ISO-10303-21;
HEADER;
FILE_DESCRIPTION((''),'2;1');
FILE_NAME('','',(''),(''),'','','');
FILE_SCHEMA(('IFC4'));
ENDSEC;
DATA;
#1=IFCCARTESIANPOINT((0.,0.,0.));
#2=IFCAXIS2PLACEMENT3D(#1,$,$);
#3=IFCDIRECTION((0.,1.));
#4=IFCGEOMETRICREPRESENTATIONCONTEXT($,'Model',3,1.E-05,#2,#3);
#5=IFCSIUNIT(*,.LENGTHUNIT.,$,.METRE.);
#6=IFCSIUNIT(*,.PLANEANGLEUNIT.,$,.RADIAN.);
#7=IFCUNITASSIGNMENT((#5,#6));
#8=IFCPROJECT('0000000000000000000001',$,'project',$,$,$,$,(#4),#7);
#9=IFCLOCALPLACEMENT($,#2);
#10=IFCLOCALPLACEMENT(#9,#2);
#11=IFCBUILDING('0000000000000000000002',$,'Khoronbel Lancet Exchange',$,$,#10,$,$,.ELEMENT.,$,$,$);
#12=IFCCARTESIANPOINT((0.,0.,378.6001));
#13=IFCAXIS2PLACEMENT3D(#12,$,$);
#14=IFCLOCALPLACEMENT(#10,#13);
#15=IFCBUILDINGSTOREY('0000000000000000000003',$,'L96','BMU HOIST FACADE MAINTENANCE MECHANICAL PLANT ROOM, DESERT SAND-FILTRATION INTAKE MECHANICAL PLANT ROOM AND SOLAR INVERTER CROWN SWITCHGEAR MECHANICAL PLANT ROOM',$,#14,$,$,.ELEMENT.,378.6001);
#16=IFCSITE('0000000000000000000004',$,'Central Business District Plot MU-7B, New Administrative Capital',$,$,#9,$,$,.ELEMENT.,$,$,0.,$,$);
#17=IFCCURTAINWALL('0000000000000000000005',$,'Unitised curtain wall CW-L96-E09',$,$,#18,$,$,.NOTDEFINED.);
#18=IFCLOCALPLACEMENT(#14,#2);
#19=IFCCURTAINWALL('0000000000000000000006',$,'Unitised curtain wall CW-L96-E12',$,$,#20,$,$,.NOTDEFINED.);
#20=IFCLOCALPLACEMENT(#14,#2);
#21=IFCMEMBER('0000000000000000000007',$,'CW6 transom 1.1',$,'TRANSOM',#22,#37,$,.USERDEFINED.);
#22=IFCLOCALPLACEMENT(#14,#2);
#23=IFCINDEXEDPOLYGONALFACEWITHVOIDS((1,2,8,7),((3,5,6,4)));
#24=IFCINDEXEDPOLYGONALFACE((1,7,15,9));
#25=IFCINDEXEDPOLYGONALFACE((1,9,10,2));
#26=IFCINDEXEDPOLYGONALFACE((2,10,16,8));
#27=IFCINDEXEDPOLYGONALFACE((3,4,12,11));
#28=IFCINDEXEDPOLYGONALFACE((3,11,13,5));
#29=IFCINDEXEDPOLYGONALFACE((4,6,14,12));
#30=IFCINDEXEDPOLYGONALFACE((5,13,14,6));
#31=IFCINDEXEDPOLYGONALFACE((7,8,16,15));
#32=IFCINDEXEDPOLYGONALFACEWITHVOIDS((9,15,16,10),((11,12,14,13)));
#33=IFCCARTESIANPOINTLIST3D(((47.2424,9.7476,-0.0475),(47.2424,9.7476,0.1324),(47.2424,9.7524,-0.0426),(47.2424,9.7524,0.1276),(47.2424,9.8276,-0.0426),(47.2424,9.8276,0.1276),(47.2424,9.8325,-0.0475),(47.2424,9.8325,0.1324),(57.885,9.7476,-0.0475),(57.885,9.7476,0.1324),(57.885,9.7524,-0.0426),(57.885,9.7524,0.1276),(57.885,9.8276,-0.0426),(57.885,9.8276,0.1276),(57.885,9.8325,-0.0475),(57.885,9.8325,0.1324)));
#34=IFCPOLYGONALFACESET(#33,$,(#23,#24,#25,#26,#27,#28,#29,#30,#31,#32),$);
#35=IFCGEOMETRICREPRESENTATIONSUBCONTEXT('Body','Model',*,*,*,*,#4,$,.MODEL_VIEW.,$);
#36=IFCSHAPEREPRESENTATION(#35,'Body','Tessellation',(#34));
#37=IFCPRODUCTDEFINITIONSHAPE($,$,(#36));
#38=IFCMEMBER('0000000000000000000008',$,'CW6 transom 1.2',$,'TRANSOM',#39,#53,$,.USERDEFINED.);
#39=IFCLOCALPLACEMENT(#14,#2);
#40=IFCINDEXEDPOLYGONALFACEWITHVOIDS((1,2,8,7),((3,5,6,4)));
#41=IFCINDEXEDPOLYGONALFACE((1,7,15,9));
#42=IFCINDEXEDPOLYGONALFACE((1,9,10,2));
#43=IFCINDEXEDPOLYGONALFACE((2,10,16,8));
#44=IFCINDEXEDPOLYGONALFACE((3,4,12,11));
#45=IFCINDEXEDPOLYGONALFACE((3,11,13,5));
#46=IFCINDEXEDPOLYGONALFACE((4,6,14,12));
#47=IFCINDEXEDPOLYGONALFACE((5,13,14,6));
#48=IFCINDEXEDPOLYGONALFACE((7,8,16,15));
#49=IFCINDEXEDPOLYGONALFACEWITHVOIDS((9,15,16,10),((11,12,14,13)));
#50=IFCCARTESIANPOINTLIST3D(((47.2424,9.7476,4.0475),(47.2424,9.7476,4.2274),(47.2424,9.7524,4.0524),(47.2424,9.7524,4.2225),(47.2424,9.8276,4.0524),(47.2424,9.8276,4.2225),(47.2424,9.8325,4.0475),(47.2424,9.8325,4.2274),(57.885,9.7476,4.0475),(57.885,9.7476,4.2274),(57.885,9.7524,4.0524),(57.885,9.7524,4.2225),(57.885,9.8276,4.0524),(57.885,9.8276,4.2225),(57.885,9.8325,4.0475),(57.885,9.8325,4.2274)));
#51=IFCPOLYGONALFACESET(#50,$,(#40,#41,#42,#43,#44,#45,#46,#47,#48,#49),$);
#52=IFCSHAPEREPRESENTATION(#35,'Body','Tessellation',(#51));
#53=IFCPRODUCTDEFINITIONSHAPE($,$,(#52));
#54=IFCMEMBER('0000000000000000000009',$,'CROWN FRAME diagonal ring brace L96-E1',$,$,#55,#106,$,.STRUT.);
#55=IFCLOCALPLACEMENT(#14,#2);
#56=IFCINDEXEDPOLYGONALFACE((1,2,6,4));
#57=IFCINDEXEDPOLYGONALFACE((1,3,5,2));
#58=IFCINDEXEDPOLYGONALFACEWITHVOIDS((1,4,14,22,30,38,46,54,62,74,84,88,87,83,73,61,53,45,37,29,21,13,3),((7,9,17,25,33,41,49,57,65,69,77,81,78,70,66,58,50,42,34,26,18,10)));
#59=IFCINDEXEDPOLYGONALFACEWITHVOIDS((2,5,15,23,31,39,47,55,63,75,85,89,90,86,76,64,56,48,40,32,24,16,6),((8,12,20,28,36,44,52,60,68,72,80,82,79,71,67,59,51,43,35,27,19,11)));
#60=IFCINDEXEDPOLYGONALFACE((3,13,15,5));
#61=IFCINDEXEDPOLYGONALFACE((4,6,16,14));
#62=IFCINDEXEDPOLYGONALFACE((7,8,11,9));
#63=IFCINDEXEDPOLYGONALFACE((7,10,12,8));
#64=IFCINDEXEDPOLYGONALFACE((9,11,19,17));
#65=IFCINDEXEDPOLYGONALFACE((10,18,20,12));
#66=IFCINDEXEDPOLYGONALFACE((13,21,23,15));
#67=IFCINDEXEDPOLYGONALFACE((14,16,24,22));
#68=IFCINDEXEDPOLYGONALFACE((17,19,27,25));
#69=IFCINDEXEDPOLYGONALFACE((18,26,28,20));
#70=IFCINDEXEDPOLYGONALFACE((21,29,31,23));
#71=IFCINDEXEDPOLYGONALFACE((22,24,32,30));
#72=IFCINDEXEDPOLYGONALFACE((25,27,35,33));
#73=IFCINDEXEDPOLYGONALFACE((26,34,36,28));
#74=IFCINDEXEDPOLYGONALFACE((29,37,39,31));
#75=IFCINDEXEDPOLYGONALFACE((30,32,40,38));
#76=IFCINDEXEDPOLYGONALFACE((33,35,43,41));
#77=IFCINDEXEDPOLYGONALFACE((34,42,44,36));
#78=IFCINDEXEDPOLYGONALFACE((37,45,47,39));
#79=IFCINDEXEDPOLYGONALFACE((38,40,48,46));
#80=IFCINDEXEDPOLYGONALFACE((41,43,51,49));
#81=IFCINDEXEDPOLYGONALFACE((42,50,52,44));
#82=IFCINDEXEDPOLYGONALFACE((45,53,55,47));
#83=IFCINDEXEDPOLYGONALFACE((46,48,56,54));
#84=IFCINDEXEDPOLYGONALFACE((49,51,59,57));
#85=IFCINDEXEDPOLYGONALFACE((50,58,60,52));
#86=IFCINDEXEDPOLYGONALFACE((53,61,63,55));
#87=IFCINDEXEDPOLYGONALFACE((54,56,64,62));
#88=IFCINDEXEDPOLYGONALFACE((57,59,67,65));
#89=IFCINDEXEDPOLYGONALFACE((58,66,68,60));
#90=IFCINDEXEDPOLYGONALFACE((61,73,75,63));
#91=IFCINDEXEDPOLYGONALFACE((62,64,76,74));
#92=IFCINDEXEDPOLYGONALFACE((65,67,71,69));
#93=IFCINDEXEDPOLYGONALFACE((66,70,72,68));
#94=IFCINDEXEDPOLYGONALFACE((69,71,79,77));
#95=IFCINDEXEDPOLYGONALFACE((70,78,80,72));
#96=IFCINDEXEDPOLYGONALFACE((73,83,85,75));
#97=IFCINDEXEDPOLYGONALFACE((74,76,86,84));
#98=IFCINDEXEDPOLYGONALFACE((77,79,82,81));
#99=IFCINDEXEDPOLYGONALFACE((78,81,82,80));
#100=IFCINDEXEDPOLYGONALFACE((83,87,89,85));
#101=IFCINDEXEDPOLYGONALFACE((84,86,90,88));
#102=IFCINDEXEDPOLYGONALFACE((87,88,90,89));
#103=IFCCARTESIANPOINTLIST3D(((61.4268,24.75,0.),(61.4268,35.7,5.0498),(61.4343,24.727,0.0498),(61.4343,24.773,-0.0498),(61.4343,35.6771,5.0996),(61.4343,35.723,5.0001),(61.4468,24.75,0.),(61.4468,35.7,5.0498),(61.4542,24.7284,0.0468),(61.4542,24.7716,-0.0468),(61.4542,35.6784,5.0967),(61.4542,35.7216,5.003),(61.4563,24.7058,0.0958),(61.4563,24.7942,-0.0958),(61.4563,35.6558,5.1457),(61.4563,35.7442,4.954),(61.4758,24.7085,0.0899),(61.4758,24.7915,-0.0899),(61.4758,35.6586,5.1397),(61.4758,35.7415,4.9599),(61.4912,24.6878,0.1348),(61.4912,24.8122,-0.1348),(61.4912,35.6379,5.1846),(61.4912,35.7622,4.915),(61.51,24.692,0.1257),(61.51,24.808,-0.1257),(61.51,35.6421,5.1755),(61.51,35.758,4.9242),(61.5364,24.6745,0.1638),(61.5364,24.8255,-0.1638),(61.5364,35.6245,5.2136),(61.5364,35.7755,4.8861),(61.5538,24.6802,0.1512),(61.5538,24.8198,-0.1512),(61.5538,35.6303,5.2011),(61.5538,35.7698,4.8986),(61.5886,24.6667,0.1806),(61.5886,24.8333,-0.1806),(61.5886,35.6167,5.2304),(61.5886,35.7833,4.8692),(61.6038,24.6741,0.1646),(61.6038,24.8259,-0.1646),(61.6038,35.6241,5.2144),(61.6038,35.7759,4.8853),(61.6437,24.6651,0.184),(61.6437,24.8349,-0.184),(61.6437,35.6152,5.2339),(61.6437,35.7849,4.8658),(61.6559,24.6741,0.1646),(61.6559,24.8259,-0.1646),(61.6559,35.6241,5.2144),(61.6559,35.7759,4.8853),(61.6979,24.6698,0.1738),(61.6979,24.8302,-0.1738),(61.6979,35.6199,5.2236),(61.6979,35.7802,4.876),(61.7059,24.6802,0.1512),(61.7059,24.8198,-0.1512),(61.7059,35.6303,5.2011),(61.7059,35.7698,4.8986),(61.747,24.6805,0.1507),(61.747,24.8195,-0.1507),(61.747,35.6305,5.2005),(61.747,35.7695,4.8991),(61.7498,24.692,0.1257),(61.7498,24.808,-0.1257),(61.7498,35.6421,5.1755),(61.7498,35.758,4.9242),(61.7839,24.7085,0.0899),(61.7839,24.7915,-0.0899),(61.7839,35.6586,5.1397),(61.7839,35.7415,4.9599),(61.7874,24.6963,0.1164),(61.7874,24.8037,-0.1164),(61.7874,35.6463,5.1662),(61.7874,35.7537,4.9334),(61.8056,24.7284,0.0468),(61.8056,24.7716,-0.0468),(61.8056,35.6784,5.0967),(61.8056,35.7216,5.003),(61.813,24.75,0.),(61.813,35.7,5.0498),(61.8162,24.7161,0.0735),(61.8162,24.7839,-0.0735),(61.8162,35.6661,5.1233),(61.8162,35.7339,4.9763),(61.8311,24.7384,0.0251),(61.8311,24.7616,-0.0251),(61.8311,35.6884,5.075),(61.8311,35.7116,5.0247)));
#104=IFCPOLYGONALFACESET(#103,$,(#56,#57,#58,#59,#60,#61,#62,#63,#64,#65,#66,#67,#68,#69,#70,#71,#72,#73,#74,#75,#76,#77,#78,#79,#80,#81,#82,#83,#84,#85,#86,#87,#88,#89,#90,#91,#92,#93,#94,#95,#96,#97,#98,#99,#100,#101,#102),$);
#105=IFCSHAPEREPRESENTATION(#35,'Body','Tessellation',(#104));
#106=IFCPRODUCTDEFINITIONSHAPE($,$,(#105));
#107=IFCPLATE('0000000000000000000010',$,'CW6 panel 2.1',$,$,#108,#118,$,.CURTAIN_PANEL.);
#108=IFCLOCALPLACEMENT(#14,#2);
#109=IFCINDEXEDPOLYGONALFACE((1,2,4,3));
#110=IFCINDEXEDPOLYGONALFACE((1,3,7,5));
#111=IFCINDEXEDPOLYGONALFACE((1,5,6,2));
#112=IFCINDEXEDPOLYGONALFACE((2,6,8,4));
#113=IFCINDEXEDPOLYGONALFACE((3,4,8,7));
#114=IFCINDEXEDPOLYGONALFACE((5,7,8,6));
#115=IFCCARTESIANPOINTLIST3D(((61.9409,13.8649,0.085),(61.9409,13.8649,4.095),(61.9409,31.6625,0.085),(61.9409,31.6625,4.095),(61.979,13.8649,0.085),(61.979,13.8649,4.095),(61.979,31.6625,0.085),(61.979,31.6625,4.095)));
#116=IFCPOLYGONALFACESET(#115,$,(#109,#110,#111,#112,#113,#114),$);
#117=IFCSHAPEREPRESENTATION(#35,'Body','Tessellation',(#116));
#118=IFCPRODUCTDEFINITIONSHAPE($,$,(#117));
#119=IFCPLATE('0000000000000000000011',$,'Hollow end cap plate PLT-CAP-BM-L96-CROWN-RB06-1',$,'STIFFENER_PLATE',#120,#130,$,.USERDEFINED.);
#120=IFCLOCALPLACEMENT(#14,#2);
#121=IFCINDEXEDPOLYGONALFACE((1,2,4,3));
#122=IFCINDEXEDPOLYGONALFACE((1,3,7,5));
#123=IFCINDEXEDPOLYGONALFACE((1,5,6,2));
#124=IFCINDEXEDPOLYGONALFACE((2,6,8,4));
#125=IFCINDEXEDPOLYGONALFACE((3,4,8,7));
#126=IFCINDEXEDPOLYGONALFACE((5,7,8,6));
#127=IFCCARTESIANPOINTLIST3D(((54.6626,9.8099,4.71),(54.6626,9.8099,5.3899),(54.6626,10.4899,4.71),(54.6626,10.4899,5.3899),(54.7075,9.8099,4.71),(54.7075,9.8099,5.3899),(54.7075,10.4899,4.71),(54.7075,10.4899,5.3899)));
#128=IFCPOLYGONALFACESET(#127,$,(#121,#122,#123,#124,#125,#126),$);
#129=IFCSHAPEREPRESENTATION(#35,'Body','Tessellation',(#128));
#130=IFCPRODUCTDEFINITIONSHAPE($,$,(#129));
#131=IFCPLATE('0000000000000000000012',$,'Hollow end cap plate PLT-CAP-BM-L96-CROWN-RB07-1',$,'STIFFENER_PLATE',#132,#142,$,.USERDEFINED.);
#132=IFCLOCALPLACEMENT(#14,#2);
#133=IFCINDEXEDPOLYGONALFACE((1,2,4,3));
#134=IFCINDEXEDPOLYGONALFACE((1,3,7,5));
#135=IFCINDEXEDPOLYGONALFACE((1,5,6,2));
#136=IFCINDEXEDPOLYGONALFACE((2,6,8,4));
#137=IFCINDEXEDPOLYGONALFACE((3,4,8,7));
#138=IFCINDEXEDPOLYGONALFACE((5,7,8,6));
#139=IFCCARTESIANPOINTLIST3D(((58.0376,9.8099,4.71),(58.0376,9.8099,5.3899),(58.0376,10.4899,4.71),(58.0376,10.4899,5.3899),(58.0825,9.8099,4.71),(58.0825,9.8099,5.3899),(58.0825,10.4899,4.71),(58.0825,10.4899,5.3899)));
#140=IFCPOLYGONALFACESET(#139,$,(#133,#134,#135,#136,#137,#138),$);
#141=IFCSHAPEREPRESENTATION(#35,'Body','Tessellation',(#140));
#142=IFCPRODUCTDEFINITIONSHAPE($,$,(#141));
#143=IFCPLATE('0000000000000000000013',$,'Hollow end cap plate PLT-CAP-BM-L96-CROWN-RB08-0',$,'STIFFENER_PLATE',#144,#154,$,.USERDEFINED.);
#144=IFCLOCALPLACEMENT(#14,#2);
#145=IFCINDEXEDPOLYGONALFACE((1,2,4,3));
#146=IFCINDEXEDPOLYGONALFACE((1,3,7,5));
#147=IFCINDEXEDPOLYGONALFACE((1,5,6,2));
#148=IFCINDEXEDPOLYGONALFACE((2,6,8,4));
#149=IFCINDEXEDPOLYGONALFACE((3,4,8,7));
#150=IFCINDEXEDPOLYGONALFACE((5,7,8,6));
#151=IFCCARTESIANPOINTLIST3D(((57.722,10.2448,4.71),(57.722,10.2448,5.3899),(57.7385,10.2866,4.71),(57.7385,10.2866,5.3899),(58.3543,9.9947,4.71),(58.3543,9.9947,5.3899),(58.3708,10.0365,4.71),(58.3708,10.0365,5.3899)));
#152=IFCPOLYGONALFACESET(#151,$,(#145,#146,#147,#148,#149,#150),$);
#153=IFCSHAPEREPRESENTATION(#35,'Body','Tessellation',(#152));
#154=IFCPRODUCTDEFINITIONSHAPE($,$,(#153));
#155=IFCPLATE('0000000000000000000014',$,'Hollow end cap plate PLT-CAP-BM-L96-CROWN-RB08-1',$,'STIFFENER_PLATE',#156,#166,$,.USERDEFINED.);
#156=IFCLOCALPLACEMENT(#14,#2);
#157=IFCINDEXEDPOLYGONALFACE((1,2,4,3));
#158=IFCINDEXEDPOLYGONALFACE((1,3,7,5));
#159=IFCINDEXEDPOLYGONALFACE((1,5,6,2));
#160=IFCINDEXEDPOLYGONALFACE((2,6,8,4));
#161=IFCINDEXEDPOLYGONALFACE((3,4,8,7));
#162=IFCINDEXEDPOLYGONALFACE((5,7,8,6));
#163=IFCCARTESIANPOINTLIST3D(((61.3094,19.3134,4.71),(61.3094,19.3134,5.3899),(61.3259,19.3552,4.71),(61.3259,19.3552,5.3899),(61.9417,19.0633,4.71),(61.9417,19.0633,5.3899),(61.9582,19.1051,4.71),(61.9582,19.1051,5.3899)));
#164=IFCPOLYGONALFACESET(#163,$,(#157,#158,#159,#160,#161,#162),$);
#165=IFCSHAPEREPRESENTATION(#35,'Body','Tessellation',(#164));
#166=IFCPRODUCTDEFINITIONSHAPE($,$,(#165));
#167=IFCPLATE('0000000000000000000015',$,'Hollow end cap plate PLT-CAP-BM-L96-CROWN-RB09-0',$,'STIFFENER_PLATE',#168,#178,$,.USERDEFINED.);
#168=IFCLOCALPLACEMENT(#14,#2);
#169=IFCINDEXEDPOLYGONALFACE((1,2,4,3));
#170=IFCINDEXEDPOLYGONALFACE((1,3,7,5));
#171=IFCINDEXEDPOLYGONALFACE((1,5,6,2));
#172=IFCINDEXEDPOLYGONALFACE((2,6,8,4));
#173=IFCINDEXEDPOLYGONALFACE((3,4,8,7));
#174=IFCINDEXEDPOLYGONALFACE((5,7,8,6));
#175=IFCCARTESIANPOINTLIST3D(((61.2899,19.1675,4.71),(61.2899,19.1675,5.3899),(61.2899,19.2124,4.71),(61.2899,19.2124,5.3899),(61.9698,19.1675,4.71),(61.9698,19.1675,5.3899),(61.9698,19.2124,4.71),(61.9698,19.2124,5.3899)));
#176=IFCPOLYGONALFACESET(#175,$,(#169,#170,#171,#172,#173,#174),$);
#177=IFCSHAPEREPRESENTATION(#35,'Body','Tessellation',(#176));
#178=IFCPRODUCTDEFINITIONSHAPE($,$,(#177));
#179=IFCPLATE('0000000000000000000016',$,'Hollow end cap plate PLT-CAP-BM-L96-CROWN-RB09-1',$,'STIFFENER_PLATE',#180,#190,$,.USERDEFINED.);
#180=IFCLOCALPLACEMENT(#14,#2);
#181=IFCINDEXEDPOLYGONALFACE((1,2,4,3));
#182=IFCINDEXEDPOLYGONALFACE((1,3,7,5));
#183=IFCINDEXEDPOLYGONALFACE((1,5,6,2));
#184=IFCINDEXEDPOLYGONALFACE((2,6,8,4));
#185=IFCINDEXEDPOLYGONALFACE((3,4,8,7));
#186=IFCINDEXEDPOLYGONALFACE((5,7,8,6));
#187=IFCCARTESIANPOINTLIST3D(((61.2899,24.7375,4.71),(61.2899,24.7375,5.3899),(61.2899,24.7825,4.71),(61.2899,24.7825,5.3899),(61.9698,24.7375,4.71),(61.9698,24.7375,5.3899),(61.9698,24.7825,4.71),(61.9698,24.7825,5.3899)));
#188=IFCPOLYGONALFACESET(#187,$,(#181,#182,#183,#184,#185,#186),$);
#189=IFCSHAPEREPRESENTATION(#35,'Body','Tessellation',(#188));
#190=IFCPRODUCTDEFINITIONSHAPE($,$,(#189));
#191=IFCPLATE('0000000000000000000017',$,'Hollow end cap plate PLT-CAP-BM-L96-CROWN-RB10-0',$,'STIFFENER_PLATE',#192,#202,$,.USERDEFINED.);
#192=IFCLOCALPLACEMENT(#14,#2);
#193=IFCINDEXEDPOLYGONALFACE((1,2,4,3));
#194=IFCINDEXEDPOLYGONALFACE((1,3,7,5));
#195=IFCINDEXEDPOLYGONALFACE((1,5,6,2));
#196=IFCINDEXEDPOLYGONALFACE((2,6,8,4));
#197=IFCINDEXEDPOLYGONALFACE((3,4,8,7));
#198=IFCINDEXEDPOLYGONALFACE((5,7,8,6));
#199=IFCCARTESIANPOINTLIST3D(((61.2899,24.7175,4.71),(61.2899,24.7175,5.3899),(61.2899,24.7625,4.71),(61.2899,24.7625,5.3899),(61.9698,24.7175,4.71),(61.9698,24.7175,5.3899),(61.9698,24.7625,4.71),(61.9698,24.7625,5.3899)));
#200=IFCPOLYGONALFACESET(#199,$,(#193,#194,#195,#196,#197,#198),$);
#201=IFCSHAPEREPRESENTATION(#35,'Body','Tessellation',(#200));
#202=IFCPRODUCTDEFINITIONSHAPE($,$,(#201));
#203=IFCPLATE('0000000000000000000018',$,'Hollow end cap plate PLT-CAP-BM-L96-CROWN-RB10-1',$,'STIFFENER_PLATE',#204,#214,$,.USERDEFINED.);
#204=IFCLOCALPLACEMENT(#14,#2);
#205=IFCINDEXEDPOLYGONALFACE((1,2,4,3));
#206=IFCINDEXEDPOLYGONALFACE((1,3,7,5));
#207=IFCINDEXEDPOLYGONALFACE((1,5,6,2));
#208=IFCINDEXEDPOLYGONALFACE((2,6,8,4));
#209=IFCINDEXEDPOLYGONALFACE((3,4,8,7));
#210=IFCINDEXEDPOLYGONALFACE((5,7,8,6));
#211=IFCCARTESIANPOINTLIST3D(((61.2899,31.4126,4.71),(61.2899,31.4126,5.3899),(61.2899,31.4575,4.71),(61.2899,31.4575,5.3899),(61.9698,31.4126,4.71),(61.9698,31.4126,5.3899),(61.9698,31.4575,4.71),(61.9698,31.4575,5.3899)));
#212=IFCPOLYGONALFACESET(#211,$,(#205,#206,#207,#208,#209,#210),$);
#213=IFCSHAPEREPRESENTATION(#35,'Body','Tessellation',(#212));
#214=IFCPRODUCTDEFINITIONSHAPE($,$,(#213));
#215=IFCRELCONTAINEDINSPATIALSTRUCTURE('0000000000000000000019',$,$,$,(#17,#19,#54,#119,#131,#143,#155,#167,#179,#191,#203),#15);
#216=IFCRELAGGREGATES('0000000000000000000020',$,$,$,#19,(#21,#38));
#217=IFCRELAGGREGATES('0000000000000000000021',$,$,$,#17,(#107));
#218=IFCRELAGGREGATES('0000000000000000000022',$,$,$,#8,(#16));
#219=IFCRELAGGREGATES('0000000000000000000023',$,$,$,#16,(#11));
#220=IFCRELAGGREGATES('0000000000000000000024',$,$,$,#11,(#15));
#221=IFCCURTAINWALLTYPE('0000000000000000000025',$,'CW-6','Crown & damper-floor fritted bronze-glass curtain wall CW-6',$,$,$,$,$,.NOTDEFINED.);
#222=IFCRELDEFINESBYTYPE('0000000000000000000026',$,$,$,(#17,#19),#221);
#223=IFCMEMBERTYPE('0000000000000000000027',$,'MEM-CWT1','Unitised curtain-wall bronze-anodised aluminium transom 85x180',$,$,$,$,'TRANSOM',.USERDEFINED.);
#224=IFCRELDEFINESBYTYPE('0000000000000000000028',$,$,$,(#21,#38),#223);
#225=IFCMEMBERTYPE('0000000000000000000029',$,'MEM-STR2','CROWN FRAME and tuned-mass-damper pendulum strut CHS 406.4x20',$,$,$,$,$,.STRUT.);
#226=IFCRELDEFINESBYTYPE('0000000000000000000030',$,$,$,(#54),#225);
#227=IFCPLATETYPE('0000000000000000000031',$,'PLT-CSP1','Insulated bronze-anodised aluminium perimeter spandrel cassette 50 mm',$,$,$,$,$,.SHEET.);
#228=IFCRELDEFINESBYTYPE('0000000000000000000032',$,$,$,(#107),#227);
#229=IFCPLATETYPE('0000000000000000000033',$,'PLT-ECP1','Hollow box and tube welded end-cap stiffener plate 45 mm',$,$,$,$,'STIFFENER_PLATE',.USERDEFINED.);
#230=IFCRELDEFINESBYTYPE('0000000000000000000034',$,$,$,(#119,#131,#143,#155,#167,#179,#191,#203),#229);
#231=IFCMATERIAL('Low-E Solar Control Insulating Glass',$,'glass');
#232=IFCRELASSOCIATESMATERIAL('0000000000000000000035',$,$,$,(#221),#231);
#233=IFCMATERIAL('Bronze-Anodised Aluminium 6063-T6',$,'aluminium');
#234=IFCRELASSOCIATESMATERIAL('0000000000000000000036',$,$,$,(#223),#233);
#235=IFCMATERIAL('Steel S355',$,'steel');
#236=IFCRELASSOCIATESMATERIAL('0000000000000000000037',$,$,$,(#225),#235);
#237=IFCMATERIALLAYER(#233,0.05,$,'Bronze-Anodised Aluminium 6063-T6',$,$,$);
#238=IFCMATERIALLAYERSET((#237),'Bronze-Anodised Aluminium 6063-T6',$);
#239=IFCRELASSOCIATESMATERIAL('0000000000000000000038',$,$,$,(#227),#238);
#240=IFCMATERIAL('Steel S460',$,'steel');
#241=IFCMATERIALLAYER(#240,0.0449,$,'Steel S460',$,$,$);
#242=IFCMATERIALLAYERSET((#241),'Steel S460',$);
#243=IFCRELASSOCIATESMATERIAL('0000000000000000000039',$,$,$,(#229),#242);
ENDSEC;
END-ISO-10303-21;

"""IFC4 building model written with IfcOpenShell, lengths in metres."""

from ifc_helpers import new_model, si_unit, direction, frame, origin, origin_2d, place, context, subcontext, project, spatial, rectangle, hollow_rectangle, hollow_circle, extrude, material, layer, layer_set, material_profile, profile_set, type_object, element, aggregate, save


model = new_model("IFC4")

# Units and contexts
model_context = context("Model", 3, precision=1e-05, world=origin(), true_north=direction((0.0, 1.0)))
body_context = subcontext(model_context, "Body", "Model", "MODEL_VIEW")
ifc_project = project(units=[si_unit("LENGTHUNIT", "METRE"), si_unit("PLANEANGLEUNIT", "RADIAN")], contexts=[model_context])

# Site, building, storey
site_placement = place(None, origin())
site = spatial("IfcSite", under=ifc_project, at=site_placement, Name="Central Business District Plot MU-7B, New Administrative Capital", CompositionType="ELEMENT", RefElevation=0.0)
building_placement = place(site_placement, origin())
building = spatial("IfcBuilding", under=site, at=building_placement, Name="Khoronbel Lancet Exchange", CompositionType="ELEMENT")
storey_placement = place(building_placement, frame((0.0, 0.0, 378.6001)))
storey = spatial("IfcBuildingStorey", under=building, at=storey_placement, Name="L96", Description="BMU HOIST FACADE MAINTENANCE MECHANICAL PLANT ROOM, DESERT SAND-FILTRATION INTAKE MECHANICAL PLANT ROOM AND SOLAR INVERTER CROWN SWITCHGEAR MECHANICAL PLANT ROOM", CompositionType="ELEMENT", Elevation=378.6001)

# Shared definitions
ifc_material_1 = material(Name="Steel S355", Category="steel")
ifc_material_2 = material(Name="Steel S460", Category="steel")

# Curtain wall
ifc_material_3 = material(Name="Low-E Solar Control Insulating Glass", Category="glass")
curtain_wall_type = type_object("IfcCurtainWallType", Name="CW-6", Description="Crown & damper-floor fritted bronze-glass curtain wall CW-6", PredefinedType="NOTDEFINED", material=ifc_material_3)
curtain_wall_1_placement = place(storey_placement, origin())
curtain_wall_1 = element("IfcCurtainWall", 1, at=curtain_wall_1_placement, inside=storey, type_object=curtain_wall_type, Name="Unitised curtain wall CW-L96-E09", PredefinedType="NOTDEFINED")
ifc_material_4 = material(Name="Bronze-Anodised Aluminium 6063-T6", Category="aluminium")

# Curtain wall
curtain_wall_2_placement = place(storey_placement, origin())
curtain_wall_2 = element("IfcCurtainWall", 2, at=curtain_wall_2_placement, inside=storey, type_object=curtain_wall_type, Name="Unitised curtain wall CW-L96-E12", PredefinedType="NOTDEFINED")

# Members
ifc_material_profile_1 = material_profile(ifc_material_4, hollow_rectangle(XDim=0.085, YDim=0.1799, WallThickness=0.0049, at=origin_2d()), Name="ALU TRANSOM 85x180")
ifc_profile_set_1 = profile_set([ifc_material_profile_1], Name="Bronze-Anodised Aluminium 6063-T6")
member_type_1 = type_object("IfcMemberType", Name="MEM-CWT1", Description="Unitised curtain-wall bronze-anodised aluminium transom 85x180", ElementType="TRANSOM", PredefinedType="USERDEFINED", material=ifc_profile_set_1)
member_1_placement = place(storey_placement, frame((57.885, 9.79, 0.0425), z_axis=(-1.0, 0.0, 0.0), x_axis=(0.0, -1.0, 0.0)))
member_1 = element("IfcMember", 3, at=member_1_placement, type_object=member_type_1, Name="CW6 transom 1.1", ObjectType="TRANSOM", PredefinedType="USERDEFINED", context=body_context, shape_type="SweptSolid", body=[
    extrude(hollow_rectangle(XDim=0.085, YDim=0.1799, WallThickness=0.0049, at=origin_2d()), origin(), (0.0, 0.0, 1.0), 10.6426),
])
member_2_placement = place(storey_placement, frame((57.885, 9.79, 4.1375), z_axis=(-1.0, 0.0, 0.0), x_axis=(0.0, -1.0, 0.0)))
member_2 = element("IfcMember", 4, at=member_2_placement, type_object=member_type_1, Name="CW6 transom 1.2", ObjectType="TRANSOM", PredefinedType="USERDEFINED", context=body_context, shape_type="SweptSolid", body=[
    extrude(hollow_rectangle(XDim=0.085, YDim=0.1799, WallThickness=0.0049, at=origin_2d()), origin(), (0.0, 0.0, 1.0), 10.6426),
])
aggregate(curtain_wall_2, [member_1, member_2])
ifc_material_profile_2 = material_profile(ifc_material_1, hollow_circle(Radius=0.2031, WallThickness=0.02, at=origin_2d()), Name="CHS 406.4x20")
ifc_profile_set_2 = profile_set([ifc_material_profile_2], Name="Steel S355")
member_type_2 = type_object("IfcMemberType", Name="MEM-STR2", Description="CROWN FRAME and tuned-mass-damper pendulum strut CHS 406.4x20", PredefinedType="STRUT", material=ifc_profile_set_2)
member_3_placement = place(storey_placement, frame((61.6299, 24.75, 0.0), z_axis=(0.0, 0.908086, 0.418783), x_axis=(-1.0, 0.0, 0.0)))
element("IfcMember", 5, at=member_3_placement, inside=storey, type_object=member_type_2, Name="CROWN FRAME diagonal ring brace L96-E1", PredefinedType="STRUT", context=body_context, shape_type="SweptSolid", body=[
    extrude(hollow_circle(Radius=0.2031, WallThickness=0.02, at=origin_2d()), origin(), (0.0, 0.0, 1.0), 12.0583),
])

# Plate
ifc_layer_1 = layer(ifc_material_4, 0.05, Name="Bronze-Anodised Aluminium 6063-T6")
ifc_layer_set_1 = layer_set([ifc_layer_1], Name="Bronze-Anodised Aluminium 6063-T6")
plate_type_1 = type_object("IfcPlateType", Name="PLT-CSP1", Description="Insulated bronze-anodised aluminium perimeter spandrel cassette 50 mm", PredefinedType="SHEET", material=ifc_layer_set_1)
plate_1_placement = place(storey_placement, frame((61.96, 22.7637, 0.085), z_axis=(0.0, 0.0, 1.0), x_axis=(0.0, -1.0, 0.0)))
plate_1 = element("IfcPlate", 6, at=plate_1_placement, type_object=plate_type_1, Name="CW6 panel 2.1", PredefinedType="CURTAIN_PANEL", context=body_context, shape_type="SweptSolid", body=[
    extrude(rectangle(XDim=17.7976, YDim=0.0381, at=origin_2d()), origin(), (0.0, 0.0, 1.0), 4.01),
])
aggregate(curtain_wall_1, [plate_1])

# Plates
ifc_layer_2 = layer(ifc_material_2, 0.0449, Name="Steel S460")
ifc_layer_set_2 = layer_set([ifc_layer_2], Name="Steel S460")
plate_type_2 = type_object("IfcPlateType", Name="PLT-ECP1", Description="Hollow box and tube welded end-cap stiffener plate 45 mm", ElementType="STIFFENER_PLATE", PredefinedType="USERDEFINED", material=ifc_layer_set_2)
for number, where, z_axis, x_axis, name in (
    (7, (54.6851, 10.1499, 4.71), (0.0, 0.0, 1.0), (1.0, 0.0, 0.0), "Hollow end cap plate PLT-CAP-BM-L96-CROWN-RB06-1"),
    (8, (58.0601, 10.1499, 4.71), (0.0, 0.0, 1.0), (1.0, 0.0, 0.0), "Hollow end cap plate PLT-CAP-BM-L96-CROWN-RB07-1"),
    (9, (58.0464, 10.1406, 4.71), (0.0, 0.0, 1.0), (-0.367845, -0.929887, 0.0), "Hollow end cap plate PLT-CAP-BM-L96-CROWN-RB08-0"),
    (10, (61.6338, 19.2092, 4.71), (0.0, 0.0, 1.0), (0.367845, 0.929887, 0.0), "Hollow end cap plate PLT-CAP-BM-L96-CROWN-RB08-1"),
    (11, (61.6299, 19.1899, 4.71), (0.0, 0.0, 1.0), (0.0, -1.0, 0.0), "Hollow end cap plate PLT-CAP-BM-L96-CROWN-RB09-0"),
    (12, (61.6299, 24.76, 4.71), (0.0, 0.0, 1.0), (0.0, 1.0, 0.0), "Hollow end cap plate PLT-CAP-BM-L96-CROWN-RB09-1"),
    (13, (61.6299, 24.74, 4.71), (0.0, 0.0, 1.0), (0.0, -1.0, 0.0), "Hollow end cap plate PLT-CAP-BM-L96-CROWN-RB10-0"),
    (14, (61.6299, 31.4351, 4.71), (0.0, 0.0, 1.0), (0.0, 1.0, 0.0), "Hollow end cap plate PLT-CAP-BM-L96-CROWN-RB10-1"),
):
    element("IfcPlate", number, at=place(storey_placement, frame(where, z_axis=z_axis, x_axis=x_axis)), inside=storey, type_object=plate_type_2, Name=name, ObjectType="STIFFENER_PLATE", PredefinedType="USERDEFINED", context=body_context, shape_type="SweptSolid", body=[
        extrude(rectangle(XDim=0.0449, YDim=0.6799, at=origin_2d()), origin(), (0.0, 0.0, 1.0), 0.6799),
    ])

save(model, "model.ifc")
